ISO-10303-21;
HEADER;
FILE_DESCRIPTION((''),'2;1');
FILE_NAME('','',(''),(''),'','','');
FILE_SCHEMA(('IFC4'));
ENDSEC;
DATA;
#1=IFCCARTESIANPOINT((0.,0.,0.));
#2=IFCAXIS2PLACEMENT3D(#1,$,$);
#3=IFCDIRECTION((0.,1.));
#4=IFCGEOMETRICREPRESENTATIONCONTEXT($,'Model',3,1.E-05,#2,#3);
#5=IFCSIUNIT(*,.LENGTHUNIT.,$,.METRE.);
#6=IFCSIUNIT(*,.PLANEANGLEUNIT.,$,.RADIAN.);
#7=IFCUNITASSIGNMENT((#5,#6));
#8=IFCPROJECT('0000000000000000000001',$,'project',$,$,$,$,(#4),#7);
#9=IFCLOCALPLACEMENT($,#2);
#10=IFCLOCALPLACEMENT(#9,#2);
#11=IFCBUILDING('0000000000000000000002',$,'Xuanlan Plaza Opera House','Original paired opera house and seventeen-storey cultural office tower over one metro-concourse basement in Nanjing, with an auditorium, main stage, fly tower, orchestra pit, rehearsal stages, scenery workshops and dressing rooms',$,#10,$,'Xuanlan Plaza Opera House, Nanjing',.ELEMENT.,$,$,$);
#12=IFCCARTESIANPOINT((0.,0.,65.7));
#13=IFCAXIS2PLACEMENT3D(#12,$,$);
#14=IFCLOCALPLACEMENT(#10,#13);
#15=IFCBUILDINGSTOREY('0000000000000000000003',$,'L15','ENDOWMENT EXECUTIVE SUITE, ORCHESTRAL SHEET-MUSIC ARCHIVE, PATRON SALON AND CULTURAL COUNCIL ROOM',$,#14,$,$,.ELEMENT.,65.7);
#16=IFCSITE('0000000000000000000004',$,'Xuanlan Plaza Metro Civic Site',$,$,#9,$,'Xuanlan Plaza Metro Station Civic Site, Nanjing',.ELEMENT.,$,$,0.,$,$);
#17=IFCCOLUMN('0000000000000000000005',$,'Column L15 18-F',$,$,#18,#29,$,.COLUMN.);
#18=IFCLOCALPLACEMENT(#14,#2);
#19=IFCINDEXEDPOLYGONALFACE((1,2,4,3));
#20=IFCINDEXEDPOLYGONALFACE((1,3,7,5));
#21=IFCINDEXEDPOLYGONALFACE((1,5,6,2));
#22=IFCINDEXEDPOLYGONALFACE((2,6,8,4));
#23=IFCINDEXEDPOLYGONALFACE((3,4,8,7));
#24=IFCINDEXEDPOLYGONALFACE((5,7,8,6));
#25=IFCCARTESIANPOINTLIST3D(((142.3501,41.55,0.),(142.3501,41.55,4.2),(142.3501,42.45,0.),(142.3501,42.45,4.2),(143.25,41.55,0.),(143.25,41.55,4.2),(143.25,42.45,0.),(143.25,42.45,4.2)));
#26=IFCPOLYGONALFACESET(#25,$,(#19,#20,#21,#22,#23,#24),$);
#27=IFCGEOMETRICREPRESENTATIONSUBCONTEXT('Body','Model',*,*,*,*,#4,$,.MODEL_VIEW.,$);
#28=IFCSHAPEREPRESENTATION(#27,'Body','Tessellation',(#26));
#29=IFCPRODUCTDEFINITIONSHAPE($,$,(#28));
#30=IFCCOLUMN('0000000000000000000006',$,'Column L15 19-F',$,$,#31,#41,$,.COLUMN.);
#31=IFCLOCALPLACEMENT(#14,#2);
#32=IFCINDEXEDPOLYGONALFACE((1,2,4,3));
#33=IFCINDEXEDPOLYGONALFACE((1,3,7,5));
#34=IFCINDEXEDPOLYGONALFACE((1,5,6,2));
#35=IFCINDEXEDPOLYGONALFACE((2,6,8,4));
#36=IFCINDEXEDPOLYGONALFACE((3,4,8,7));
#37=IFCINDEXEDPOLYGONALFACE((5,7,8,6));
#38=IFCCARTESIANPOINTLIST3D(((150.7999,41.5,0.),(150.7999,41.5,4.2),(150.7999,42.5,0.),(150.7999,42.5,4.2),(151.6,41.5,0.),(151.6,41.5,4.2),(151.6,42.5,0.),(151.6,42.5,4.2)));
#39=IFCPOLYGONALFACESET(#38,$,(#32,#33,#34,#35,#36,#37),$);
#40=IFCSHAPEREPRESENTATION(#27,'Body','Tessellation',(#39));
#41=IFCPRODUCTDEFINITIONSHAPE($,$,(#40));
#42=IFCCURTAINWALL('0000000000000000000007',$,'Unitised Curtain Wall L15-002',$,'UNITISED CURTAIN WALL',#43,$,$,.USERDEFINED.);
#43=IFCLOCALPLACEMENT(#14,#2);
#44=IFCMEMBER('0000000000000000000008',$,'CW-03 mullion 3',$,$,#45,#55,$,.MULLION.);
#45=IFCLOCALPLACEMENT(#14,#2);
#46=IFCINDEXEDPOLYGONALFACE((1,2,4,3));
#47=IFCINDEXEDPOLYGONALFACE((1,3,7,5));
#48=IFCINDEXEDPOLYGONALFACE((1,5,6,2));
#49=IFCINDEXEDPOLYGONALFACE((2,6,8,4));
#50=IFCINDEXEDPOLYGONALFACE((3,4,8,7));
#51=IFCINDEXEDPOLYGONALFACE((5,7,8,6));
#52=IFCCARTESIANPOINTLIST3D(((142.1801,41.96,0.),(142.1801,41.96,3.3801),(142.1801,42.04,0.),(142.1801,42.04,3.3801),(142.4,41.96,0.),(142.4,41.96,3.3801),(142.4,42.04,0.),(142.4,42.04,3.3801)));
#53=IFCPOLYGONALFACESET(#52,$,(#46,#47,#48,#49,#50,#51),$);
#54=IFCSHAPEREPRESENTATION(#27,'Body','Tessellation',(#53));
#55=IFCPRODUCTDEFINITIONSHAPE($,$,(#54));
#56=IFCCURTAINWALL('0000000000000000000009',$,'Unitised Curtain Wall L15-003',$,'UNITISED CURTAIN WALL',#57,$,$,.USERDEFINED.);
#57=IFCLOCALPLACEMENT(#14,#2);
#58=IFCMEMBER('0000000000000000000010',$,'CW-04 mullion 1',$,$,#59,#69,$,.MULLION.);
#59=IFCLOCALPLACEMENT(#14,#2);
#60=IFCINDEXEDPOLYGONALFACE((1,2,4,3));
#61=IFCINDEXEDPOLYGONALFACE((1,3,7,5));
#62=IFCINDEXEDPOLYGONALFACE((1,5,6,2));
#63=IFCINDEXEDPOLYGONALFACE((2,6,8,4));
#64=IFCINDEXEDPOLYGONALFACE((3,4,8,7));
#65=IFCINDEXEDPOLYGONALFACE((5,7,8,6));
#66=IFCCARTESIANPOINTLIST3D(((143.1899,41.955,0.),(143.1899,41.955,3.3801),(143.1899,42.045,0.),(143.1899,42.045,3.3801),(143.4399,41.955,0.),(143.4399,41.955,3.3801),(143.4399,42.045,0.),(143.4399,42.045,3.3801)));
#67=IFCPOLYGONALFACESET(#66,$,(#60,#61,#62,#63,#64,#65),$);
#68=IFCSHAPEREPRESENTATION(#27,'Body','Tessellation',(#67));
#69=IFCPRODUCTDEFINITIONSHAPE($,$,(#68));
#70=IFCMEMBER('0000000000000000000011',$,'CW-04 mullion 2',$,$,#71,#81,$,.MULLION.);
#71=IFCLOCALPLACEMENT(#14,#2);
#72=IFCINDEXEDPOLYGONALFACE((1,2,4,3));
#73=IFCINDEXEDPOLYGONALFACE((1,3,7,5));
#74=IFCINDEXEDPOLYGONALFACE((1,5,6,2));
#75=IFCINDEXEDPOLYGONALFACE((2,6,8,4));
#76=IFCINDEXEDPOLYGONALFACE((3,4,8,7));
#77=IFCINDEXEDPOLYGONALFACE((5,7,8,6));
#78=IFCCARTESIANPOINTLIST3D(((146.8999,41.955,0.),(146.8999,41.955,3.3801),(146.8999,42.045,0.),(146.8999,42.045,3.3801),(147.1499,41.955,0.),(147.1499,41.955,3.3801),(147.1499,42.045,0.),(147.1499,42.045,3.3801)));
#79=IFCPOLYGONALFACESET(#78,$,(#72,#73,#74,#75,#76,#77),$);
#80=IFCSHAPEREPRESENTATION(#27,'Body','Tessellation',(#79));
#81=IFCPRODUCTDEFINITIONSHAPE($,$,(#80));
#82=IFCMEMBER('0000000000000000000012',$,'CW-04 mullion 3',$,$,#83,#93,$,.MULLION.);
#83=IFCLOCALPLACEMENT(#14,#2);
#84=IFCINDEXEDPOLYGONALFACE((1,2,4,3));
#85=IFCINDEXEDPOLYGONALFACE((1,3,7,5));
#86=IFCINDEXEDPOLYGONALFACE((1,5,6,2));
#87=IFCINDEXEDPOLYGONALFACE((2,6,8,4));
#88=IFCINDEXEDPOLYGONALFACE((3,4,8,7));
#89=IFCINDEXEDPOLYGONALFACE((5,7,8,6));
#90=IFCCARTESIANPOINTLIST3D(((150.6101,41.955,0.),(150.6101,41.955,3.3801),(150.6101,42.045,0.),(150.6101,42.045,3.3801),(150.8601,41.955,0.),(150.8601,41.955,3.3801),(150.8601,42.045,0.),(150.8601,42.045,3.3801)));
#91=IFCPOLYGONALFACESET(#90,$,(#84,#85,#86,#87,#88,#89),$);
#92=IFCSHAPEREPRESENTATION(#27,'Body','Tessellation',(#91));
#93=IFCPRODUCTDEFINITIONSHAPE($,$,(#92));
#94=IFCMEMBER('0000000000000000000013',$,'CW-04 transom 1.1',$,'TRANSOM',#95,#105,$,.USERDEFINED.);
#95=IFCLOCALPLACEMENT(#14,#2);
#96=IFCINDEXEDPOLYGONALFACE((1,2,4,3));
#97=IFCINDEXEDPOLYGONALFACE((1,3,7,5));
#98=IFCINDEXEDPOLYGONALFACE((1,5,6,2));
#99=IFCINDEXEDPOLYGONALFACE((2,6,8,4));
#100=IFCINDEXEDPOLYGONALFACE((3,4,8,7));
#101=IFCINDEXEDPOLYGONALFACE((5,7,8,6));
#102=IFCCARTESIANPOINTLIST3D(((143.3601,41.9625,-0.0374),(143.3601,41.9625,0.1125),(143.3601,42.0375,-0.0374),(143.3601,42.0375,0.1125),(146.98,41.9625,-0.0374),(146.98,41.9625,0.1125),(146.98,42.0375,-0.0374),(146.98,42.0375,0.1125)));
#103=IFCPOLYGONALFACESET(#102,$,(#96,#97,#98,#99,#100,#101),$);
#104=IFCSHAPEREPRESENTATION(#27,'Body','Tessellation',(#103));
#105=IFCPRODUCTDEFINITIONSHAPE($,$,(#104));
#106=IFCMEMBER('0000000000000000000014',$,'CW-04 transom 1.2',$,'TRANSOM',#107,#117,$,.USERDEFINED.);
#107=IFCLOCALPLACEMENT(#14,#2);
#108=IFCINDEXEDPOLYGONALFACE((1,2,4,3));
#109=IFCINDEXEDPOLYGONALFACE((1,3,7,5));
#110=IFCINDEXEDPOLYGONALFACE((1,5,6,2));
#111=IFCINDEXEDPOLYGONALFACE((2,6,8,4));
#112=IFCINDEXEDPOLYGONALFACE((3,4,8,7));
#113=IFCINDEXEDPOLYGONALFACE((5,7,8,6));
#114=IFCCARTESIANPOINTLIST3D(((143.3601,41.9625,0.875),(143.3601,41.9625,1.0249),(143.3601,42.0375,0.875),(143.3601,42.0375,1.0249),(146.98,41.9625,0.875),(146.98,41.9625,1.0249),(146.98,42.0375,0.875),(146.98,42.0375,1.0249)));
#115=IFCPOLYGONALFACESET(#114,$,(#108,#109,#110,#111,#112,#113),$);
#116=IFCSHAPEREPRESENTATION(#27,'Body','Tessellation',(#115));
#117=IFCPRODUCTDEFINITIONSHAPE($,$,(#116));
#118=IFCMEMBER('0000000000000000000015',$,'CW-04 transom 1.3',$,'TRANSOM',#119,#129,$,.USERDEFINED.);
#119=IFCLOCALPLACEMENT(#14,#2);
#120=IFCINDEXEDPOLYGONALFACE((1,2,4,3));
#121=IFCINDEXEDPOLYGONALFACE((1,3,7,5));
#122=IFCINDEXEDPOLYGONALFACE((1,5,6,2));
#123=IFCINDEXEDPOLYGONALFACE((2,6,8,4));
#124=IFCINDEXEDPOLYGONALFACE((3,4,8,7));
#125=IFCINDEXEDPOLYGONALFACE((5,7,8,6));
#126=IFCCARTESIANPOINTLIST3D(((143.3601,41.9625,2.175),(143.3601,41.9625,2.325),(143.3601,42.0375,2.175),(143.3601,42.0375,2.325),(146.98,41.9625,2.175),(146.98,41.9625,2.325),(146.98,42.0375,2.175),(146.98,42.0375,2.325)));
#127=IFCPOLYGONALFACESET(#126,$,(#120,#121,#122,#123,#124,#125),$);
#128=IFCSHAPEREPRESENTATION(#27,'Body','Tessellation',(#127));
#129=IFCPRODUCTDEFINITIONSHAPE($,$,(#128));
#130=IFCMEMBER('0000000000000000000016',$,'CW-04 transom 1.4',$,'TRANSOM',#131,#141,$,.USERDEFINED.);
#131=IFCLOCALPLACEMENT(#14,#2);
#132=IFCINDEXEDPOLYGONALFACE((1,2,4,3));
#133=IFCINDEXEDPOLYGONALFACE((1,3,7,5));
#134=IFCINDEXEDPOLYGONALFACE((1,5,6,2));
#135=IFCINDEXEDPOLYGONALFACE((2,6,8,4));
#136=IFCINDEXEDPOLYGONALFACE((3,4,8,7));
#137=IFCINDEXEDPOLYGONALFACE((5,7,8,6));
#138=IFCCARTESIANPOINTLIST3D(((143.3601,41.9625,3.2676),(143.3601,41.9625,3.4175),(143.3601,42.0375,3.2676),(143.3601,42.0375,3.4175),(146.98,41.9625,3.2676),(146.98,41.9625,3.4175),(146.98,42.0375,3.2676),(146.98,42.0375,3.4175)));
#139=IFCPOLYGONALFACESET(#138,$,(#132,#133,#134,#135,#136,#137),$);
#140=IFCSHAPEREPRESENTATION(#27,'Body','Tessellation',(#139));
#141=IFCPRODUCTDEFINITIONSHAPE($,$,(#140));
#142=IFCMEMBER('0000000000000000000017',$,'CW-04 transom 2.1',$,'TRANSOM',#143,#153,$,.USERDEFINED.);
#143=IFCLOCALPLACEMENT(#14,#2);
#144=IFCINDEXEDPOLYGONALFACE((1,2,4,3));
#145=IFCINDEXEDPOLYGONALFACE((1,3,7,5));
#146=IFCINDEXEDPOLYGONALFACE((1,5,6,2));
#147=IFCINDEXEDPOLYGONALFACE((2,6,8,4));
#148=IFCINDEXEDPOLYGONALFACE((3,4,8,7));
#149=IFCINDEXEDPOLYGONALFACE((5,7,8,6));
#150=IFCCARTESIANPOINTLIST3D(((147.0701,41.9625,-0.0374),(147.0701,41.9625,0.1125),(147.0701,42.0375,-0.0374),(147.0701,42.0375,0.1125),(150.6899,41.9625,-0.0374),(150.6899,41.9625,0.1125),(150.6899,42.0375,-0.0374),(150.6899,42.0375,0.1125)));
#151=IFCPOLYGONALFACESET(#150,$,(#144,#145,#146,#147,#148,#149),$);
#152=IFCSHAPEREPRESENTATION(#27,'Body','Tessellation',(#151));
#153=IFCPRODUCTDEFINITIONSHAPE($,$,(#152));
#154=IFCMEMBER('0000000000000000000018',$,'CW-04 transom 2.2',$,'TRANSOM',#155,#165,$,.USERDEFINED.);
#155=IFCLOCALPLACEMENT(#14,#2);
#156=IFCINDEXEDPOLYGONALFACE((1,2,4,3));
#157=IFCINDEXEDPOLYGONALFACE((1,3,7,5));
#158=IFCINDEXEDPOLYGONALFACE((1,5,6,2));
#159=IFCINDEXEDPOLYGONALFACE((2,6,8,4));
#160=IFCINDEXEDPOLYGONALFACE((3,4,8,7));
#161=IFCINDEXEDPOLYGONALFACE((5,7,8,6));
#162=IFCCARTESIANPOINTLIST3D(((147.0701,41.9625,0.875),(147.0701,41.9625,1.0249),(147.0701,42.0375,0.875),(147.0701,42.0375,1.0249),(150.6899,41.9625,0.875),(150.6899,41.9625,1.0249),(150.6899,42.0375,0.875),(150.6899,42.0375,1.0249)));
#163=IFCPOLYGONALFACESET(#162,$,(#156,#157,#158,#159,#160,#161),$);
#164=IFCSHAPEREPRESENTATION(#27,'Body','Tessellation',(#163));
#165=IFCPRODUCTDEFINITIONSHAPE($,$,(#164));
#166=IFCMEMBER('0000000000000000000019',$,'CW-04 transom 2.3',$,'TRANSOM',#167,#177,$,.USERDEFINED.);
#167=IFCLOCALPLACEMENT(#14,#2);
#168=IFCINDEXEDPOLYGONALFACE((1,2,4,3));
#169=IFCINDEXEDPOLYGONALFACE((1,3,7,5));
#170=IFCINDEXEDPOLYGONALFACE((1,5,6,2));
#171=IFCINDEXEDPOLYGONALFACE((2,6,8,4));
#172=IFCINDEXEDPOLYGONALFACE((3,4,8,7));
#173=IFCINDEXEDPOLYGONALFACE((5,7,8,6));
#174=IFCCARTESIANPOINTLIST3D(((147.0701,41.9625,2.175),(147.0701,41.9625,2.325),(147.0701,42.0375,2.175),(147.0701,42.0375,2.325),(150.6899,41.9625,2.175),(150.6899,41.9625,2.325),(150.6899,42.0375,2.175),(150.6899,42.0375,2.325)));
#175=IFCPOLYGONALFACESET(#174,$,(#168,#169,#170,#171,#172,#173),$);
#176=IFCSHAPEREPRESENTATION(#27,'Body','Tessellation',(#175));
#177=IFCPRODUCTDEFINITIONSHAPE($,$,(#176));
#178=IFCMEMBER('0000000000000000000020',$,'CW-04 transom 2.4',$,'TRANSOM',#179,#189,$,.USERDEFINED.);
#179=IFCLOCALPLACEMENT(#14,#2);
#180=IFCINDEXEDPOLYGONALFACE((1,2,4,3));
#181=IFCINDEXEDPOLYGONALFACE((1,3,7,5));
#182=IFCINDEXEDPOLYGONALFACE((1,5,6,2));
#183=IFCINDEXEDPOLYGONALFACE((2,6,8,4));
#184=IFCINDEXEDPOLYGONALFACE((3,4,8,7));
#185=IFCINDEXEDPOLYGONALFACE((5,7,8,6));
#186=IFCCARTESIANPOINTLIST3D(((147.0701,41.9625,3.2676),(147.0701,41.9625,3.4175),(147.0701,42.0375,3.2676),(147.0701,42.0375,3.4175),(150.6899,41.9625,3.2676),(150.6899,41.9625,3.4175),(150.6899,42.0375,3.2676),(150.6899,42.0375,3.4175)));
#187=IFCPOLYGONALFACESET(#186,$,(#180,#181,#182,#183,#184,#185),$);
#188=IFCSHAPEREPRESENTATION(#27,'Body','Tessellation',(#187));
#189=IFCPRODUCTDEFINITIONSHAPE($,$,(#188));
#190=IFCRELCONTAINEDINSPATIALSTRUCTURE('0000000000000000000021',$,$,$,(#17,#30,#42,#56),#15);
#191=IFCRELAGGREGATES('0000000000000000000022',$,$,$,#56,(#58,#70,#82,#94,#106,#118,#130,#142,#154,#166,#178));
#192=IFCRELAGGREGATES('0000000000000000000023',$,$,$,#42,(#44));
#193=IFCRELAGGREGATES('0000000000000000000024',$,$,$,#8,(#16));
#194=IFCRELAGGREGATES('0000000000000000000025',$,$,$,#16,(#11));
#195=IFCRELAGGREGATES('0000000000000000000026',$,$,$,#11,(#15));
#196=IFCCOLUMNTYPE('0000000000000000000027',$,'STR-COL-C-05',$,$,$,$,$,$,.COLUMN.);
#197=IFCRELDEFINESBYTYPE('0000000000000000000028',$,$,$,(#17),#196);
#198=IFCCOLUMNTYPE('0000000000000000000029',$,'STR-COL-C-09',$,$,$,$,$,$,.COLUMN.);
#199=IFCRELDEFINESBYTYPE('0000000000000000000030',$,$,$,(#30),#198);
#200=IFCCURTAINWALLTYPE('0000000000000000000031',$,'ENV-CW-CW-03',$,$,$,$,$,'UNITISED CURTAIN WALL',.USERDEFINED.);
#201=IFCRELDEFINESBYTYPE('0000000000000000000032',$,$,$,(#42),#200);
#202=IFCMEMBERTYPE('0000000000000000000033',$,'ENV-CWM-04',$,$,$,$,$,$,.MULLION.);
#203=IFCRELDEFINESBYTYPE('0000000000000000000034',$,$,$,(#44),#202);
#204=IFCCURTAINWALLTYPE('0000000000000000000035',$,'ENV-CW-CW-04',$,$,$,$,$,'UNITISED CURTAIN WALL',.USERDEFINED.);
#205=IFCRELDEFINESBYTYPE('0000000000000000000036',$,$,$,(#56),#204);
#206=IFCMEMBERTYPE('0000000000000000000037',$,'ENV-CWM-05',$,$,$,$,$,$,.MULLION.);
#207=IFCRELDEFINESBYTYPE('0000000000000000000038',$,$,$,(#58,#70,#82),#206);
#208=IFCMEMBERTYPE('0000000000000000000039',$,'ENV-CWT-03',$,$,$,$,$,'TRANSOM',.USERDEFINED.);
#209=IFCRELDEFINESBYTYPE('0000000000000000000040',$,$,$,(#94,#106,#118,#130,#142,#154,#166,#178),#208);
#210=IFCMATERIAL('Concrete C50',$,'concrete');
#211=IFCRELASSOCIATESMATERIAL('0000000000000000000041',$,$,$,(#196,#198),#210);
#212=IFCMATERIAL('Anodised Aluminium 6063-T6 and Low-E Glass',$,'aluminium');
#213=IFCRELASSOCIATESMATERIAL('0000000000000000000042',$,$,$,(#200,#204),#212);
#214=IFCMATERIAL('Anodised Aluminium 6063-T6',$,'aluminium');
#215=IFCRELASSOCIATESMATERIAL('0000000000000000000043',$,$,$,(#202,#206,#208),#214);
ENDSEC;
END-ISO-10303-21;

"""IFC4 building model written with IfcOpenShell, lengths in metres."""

from ifc_helpers import new_model, si_unit, direction, frame, origin, origin_2d, place, context, subcontext, project, spatial, rectangle, extrude, material, material_profile, profile_set, type_object, element, aggregate, save


model = new_model("IFC4")

# Units and contexts
model_context = context("Model", 3, precision=1e-05, world=origin(), true_north=direction((0.0, 1.0)))
body_context = subcontext(model_context, "Body", "Model", "MODEL_VIEW")
ifc_project = project(units=[si_unit("LENGTHUNIT", "METRE"), si_unit("PLANEANGLEUNIT", "RADIAN")], contexts=[model_context])

# Site, building, storey
site_placement = place(None, origin())
site = spatial("IfcSite", under=ifc_project, at=site_placement, Name="Xuanlan Plaza Metro Civic Site", LongName="Xuanlan Plaza Metro Station Civic Site, Nanjing", CompositionType="ELEMENT", RefElevation=0.0)
building_placement = place(site_placement, origin())
building = spatial("IfcBuilding", under=site, at=building_placement, Name="Xuanlan Plaza Opera House", Description="Original paired opera house and seventeen-storey cultural office tower over one metro-concourse basement in Nanjing, with an auditorium, main stage, fly tower, orchestra pit, rehearsal stages, scenery workshops and dressing rooms", LongName="Xuanlan Plaza Opera House, Nanjing", CompositionType="ELEMENT")
storey_placement = place(building_placement, frame((0.0, 0.0, 65.7)))
storey = spatial("IfcBuildingStorey", under=building, at=storey_placement, Name="L15", Description="ENDOWMENT EXECUTIVE SUITE, ORCHESTRAL SHEET-MUSIC ARCHIVE, PATRON SALON AND CULTURAL COUNCIL ROOM", CompositionType="ELEMENT", Elevation=65.7)

# Columns
ifc_material_1 = material(Name="Concrete C50", Category="concrete")
ifc_material_profile_1 = material_profile(ifc_material_1, rectangle(XDim=0.8999, YDim=0.8999, at=origin_2d()), Name="RC-COL 900x900")
ifc_profile_set_1 = profile_set([ifc_material_profile_1], Name="Concrete C50")
column_type_1 = type_object("IfcColumnType", Name="STR-COL-C-05", PredefinedType="COLUMN", material=ifc_profile_set_1)
column_1_placement = place(storey_placement, frame((142.8, 42.0, 0.0), z_axis=(0.0, 0.0, 1.0), x_axis=(1.0, 0.0, 0.0)))
element("IfcColumn", 1, at=column_1_placement, inside=storey, type_object=column_type_1, Name="Column L15 18-F", PredefinedType="COLUMN", context=body_context, shape_type="SweptSolid", body=[
    extrude(rectangle(XDim=0.8999, YDim=0.8999, at=origin_2d()), origin(), (0.0, 0.0, 1.0), 4.2),
])
ifc_material_profile_2 = material_profile(ifc_material_1, rectangle(XDim=0.8, YDim=1.0, at=origin_2d()), Name="RC-COL 800x1000")
ifc_profile_set_2 = profile_set([ifc_material_profile_2], Name="Concrete C50")
column_type_2 = type_object("IfcColumnType", Name="STR-COL-C-09", PredefinedType="COLUMN", material=ifc_profile_set_2)
column_2_placement = place(storey_placement, frame((151.2, 42.0, 0.0), z_axis=(0.0, 0.0, 1.0), x_axis=(1.0, 0.0, 0.0)))
element("IfcColumn", 2, at=column_2_placement, inside=storey, type_object=column_type_2, Name="Column L15 19-F", PredefinedType="COLUMN", context=body_context, shape_type="SweptSolid", body=[
    extrude(rectangle(XDim=0.8, YDim=1.0, at=origin_2d()), origin(), (0.0, 0.0, 1.0), 4.2),
])

# Curtain wall, member
ifc_material_2 = material(Name="Anodised Aluminium 6063-T6 and Low-E Glass", Category="aluminium")
curtain_wall_type_1 = type_object("IfcCurtainWallType", Name="ENV-CW-CW-03", ElementType="UNITISED CURTAIN WALL", PredefinedType="USERDEFINED", material=ifc_material_2)
curtain_wall_1_placement = place(storey_placement, origin())
curtain_wall_1 = element("IfcCurtainWall", 3, at=curtain_wall_1_placement, inside=storey, type_object=curtain_wall_type_1, Name="Unitised Curtain Wall L15-002", ObjectType="UNITISED CURTAIN WALL", PredefinedType="USERDEFINED")
ifc_material_3 = material(Name="Anodised Aluminium 6063-T6", Category="aluminium")
ifc_material_profile_3 = material_profile(ifc_material_3, rectangle(XDim=0.0801, YDim=0.22, at=origin_2d()), Name="ALU-M 80x220")
ifc_profile_set_3 = profile_set([ifc_material_profile_3], Name="Anodised Aluminium 6063-T6")
member_type_1 = type_object("IfcMemberType", Name="ENV-CWM-04", PredefinedType="MULLION", material=ifc_profile_set_3)
member_1_placement = place(storey_placement, frame((142.29, 42.0, 0.0), z_axis=(0.0, 0.0, 1.0), x_axis=(0.0, 1.0, 0.0)))
member_1 = element("IfcMember", 4, at=member_1_placement, type_object=member_type_1, Name="CW-03 mullion 3", PredefinedType="MULLION", context=body_context, shape_type="SweptSolid", body=[
    extrude(rectangle(XDim=0.0801, YDim=0.22, at=origin_2d()), origin(), (0.0, 0.0, 1.0), 3.3801),
])

# Curtain wall, members
curtain_wall_type_2 = type_object("IfcCurtainWallType", Name="ENV-CW-CW-04", ElementType="UNITISED CURTAIN WALL", PredefinedType="USERDEFINED", material=ifc_material_2)
curtain_wall_2_placement = place(storey_placement, origin())
curtain_wall_2 = element("IfcCurtainWall", 5, at=curtain_wall_2_placement, inside=storey, type_object=curtain_wall_type_2, Name="Unitised Curtain Wall L15-003", ObjectType="UNITISED CURTAIN WALL", PredefinedType="USERDEFINED")
ifc_material_profile_4 = material_profile(ifc_material_3, rectangle(XDim=0.0901, YDim=0.25, at=origin_2d()), Name="ALU-M 90x250")
ifc_profile_set_4 = profile_set([ifc_material_profile_4], Name="Anodised Aluminium 6063-T6")
member_type_2 = type_object("IfcMemberType", Name="ENV-CWM-05", PredefinedType="MULLION", material=ifc_profile_set_4)
member_2_placement = place(storey_placement, frame((143.3149, 42.0, 0.0), z_axis=(0.0, 0.0, 1.0), x_axis=(0.0, 1.0, 0.0)))
member_2 = element("IfcMember", 6, at=member_2_placement, type_object=member_type_2, Name="CW-04 mullion 1", PredefinedType="MULLION", context=body_context, shape_type="SweptSolid", body=[
    extrude(rectangle(XDim=0.0901, YDim=0.25, at=origin_2d()), origin(), (0.0, 0.0, 1.0), 3.3801),
])
member_3_placement = place(storey_placement, frame((147.0249, 42.0, 0.0), z_axis=(0.0, 0.0, 1.0), x_axis=(0.0, 1.0, 0.0)))
member_3 = element("IfcMember", 7, at=member_3_placement, type_object=member_type_2, Name="CW-04 mullion 2", PredefinedType="MULLION", context=body_context, shape_type="SweptSolid", body=[
    extrude(rectangle(XDim=0.0901, YDim=0.25, at=origin_2d()), origin(), (0.0, 0.0, 1.0), 3.3801),
])
member_4_placement = place(storey_placement, frame((150.7351, 42.0, 0.0), z_axis=(0.0, 0.0, 1.0), x_axis=(0.0, 1.0, 0.0)))
member_4 = element("IfcMember", 8, at=member_4_placement, type_object=member_type_2, Name="CW-04 mullion 3", PredefinedType="MULLION", context=body_context, shape_type="SweptSolid", body=[
    extrude(rectangle(XDim=0.0901, YDim=0.25, at=origin_2d()), origin(), (0.0, 0.0, 1.0), 3.3801),
])
ifc_material_profile_5 = material_profile(ifc_material_3, rectangle(XDim=0.075, YDim=0.1499, at=origin_2d()), Name="ALU-T 75x150")
ifc_profile_set_5 = profile_set([ifc_material_profile_5], Name="Anodised Aluminium 6063-T6")
member_type_3 = type_object("IfcMemberType", Name="ENV-CWT-03", ElementType="TRANSOM", PredefinedType="USERDEFINED", material=ifc_profile_set_5)
member_5_placement = place(storey_placement, frame((143.3601, 42.0, 0.0376), z_axis=(1.0, 0.0, 0.0), x_axis=(0.0, 1.0, 0.0)))
member_5 = element("IfcMember", 9, at=member_5_placement, type_object=member_type_3, Name="CW-04 transom 1.1", ObjectType="TRANSOM", PredefinedType="USERDEFINED", context=body_context, shape_type="SweptSolid", body=[
    extrude(rectangle(XDim=0.075, YDim=0.1499, at=origin_2d()), origin(), (0.0, 0.0, 1.0), 3.6199),
])
member_6_placement = place(storey_placement, frame((143.3601, 42.0, 0.95), z_axis=(1.0, 0.0, 0.0), x_axis=(0.0, 1.0, 0.0)))
member_6 = element("IfcMember", 10, at=member_6_placement, type_object=member_type_3, Name="CW-04 transom 1.2", ObjectType="TRANSOM", PredefinedType="USERDEFINED", context=body_context, shape_type="SweptSolid", body=[
    extrude(rectangle(XDim=0.075, YDim=0.1499, at=origin_2d()), origin(), (0.0, 0.0, 1.0), 3.6199),
])
member_7_placement = place(storey_placement, frame((143.3601, 42.0, 2.25), z_axis=(1.0, 0.0, 0.0), x_axis=(0.0, 1.0, 0.0)))
member_7 = element("IfcMember", 11, at=member_7_placement, type_object=member_type_3, Name="CW-04 transom 1.3", ObjectType="TRANSOM", PredefinedType="USERDEFINED", context=body_context, shape_type="SweptSolid", body=[
    extrude(rectangle(XDim=0.075, YDim=0.1499, at=origin_2d()), origin(), (0.0, 0.0, 1.0), 3.6199),
])
member_8_placement = place(storey_placement, frame((143.3601, 42.0, 3.3425), z_axis=(1.0, 0.0, 0.0), x_axis=(0.0, 1.0, 0.0)))
member_8 = element("IfcMember", 12, at=member_8_placement, type_object=member_type_3, Name="CW-04 transom 1.4", ObjectType="TRANSOM", PredefinedType="USERDEFINED", context=body_context, shape_type="SweptSolid", body=[
    extrude(rectangle(XDim=0.075, YDim=0.1499, at=origin_2d()), origin(), (0.0, 0.0, 1.0), 3.6199),
])
member_9_placement = place(storey_placement, frame((147.0701, 42.0, 0.0376), z_axis=(1.0, 0.0, 0.0), x_axis=(0.0, 1.0, 0.0)))
member_9 = element("IfcMember", 13, at=member_9_placement, type_object=member_type_3, Name="CW-04 transom 2.1", ObjectType="TRANSOM", PredefinedType="USERDEFINED", context=body_context, shape_type="SweptSolid", body=[
    extrude(rectangle(XDim=0.075, YDim=0.1499, at=origin_2d()), origin(), (0.0, 0.0, 1.0), 3.6199),
])
member_10_placement = place(storey_placement, frame((147.0701, 42.0, 0.95), z_axis=(1.0, 0.0, 0.0), x_axis=(0.0, 1.0, 0.0)))
member_10 = element("IfcMember", 14, at=member_10_placement, type_object=member_type_3, Name="CW-04 transom 2.2", ObjectType="TRANSOM", PredefinedType="USERDEFINED", context=body_context, shape_type="SweptSolid", body=[
    extrude(rectangle(XDim=0.075, YDim=0.1499, at=origin_2d()), origin(), (0.0, 0.0, 1.0), 3.6199),
])
member_11_placement = place(storey_placement, frame((147.0701, 42.0, 2.25), z_axis=(1.0, 0.0, 0.0), x_axis=(0.0, 1.0, 0.0)))
member_11 = element("IfcMember", 15, at=member_11_placement, type_object=member_type_3, Name="CW-04 transom 2.3", ObjectType="TRANSOM", PredefinedType="USERDEFINED", context=body_context, shape_type="SweptSolid", body=[
    extrude(rectangle(XDim=0.075, YDim=0.1499, at=origin_2d()), origin(), (0.0, 0.0, 1.0), 3.6199),
])
member_12_placement = place(storey_placement, frame((147.0701, 42.0, 3.3425), z_axis=(1.0, 0.0, 0.0), x_axis=(0.0, 1.0, 0.0)))
member_12 = element("IfcMember", 16, at=member_12_placement, type_object=member_type_3, Name="CW-04 transom 2.4", ObjectType="TRANSOM", PredefinedType="USERDEFINED", context=body_context, shape_type="SweptSolid", body=[
    extrude(rectangle(XDim=0.075, YDim=0.1499, at=origin_2d()), origin(), (0.0, 0.0, 1.0), 3.6199),
])

aggregate(curtain_wall_2, [member_2, member_3, member_4, member_5, member_6, member_7, member_8, member_9, member_10, member_11, member_12])
aggregate(curtain_wall_1, [member_1])

save(model, "model.ifc")
